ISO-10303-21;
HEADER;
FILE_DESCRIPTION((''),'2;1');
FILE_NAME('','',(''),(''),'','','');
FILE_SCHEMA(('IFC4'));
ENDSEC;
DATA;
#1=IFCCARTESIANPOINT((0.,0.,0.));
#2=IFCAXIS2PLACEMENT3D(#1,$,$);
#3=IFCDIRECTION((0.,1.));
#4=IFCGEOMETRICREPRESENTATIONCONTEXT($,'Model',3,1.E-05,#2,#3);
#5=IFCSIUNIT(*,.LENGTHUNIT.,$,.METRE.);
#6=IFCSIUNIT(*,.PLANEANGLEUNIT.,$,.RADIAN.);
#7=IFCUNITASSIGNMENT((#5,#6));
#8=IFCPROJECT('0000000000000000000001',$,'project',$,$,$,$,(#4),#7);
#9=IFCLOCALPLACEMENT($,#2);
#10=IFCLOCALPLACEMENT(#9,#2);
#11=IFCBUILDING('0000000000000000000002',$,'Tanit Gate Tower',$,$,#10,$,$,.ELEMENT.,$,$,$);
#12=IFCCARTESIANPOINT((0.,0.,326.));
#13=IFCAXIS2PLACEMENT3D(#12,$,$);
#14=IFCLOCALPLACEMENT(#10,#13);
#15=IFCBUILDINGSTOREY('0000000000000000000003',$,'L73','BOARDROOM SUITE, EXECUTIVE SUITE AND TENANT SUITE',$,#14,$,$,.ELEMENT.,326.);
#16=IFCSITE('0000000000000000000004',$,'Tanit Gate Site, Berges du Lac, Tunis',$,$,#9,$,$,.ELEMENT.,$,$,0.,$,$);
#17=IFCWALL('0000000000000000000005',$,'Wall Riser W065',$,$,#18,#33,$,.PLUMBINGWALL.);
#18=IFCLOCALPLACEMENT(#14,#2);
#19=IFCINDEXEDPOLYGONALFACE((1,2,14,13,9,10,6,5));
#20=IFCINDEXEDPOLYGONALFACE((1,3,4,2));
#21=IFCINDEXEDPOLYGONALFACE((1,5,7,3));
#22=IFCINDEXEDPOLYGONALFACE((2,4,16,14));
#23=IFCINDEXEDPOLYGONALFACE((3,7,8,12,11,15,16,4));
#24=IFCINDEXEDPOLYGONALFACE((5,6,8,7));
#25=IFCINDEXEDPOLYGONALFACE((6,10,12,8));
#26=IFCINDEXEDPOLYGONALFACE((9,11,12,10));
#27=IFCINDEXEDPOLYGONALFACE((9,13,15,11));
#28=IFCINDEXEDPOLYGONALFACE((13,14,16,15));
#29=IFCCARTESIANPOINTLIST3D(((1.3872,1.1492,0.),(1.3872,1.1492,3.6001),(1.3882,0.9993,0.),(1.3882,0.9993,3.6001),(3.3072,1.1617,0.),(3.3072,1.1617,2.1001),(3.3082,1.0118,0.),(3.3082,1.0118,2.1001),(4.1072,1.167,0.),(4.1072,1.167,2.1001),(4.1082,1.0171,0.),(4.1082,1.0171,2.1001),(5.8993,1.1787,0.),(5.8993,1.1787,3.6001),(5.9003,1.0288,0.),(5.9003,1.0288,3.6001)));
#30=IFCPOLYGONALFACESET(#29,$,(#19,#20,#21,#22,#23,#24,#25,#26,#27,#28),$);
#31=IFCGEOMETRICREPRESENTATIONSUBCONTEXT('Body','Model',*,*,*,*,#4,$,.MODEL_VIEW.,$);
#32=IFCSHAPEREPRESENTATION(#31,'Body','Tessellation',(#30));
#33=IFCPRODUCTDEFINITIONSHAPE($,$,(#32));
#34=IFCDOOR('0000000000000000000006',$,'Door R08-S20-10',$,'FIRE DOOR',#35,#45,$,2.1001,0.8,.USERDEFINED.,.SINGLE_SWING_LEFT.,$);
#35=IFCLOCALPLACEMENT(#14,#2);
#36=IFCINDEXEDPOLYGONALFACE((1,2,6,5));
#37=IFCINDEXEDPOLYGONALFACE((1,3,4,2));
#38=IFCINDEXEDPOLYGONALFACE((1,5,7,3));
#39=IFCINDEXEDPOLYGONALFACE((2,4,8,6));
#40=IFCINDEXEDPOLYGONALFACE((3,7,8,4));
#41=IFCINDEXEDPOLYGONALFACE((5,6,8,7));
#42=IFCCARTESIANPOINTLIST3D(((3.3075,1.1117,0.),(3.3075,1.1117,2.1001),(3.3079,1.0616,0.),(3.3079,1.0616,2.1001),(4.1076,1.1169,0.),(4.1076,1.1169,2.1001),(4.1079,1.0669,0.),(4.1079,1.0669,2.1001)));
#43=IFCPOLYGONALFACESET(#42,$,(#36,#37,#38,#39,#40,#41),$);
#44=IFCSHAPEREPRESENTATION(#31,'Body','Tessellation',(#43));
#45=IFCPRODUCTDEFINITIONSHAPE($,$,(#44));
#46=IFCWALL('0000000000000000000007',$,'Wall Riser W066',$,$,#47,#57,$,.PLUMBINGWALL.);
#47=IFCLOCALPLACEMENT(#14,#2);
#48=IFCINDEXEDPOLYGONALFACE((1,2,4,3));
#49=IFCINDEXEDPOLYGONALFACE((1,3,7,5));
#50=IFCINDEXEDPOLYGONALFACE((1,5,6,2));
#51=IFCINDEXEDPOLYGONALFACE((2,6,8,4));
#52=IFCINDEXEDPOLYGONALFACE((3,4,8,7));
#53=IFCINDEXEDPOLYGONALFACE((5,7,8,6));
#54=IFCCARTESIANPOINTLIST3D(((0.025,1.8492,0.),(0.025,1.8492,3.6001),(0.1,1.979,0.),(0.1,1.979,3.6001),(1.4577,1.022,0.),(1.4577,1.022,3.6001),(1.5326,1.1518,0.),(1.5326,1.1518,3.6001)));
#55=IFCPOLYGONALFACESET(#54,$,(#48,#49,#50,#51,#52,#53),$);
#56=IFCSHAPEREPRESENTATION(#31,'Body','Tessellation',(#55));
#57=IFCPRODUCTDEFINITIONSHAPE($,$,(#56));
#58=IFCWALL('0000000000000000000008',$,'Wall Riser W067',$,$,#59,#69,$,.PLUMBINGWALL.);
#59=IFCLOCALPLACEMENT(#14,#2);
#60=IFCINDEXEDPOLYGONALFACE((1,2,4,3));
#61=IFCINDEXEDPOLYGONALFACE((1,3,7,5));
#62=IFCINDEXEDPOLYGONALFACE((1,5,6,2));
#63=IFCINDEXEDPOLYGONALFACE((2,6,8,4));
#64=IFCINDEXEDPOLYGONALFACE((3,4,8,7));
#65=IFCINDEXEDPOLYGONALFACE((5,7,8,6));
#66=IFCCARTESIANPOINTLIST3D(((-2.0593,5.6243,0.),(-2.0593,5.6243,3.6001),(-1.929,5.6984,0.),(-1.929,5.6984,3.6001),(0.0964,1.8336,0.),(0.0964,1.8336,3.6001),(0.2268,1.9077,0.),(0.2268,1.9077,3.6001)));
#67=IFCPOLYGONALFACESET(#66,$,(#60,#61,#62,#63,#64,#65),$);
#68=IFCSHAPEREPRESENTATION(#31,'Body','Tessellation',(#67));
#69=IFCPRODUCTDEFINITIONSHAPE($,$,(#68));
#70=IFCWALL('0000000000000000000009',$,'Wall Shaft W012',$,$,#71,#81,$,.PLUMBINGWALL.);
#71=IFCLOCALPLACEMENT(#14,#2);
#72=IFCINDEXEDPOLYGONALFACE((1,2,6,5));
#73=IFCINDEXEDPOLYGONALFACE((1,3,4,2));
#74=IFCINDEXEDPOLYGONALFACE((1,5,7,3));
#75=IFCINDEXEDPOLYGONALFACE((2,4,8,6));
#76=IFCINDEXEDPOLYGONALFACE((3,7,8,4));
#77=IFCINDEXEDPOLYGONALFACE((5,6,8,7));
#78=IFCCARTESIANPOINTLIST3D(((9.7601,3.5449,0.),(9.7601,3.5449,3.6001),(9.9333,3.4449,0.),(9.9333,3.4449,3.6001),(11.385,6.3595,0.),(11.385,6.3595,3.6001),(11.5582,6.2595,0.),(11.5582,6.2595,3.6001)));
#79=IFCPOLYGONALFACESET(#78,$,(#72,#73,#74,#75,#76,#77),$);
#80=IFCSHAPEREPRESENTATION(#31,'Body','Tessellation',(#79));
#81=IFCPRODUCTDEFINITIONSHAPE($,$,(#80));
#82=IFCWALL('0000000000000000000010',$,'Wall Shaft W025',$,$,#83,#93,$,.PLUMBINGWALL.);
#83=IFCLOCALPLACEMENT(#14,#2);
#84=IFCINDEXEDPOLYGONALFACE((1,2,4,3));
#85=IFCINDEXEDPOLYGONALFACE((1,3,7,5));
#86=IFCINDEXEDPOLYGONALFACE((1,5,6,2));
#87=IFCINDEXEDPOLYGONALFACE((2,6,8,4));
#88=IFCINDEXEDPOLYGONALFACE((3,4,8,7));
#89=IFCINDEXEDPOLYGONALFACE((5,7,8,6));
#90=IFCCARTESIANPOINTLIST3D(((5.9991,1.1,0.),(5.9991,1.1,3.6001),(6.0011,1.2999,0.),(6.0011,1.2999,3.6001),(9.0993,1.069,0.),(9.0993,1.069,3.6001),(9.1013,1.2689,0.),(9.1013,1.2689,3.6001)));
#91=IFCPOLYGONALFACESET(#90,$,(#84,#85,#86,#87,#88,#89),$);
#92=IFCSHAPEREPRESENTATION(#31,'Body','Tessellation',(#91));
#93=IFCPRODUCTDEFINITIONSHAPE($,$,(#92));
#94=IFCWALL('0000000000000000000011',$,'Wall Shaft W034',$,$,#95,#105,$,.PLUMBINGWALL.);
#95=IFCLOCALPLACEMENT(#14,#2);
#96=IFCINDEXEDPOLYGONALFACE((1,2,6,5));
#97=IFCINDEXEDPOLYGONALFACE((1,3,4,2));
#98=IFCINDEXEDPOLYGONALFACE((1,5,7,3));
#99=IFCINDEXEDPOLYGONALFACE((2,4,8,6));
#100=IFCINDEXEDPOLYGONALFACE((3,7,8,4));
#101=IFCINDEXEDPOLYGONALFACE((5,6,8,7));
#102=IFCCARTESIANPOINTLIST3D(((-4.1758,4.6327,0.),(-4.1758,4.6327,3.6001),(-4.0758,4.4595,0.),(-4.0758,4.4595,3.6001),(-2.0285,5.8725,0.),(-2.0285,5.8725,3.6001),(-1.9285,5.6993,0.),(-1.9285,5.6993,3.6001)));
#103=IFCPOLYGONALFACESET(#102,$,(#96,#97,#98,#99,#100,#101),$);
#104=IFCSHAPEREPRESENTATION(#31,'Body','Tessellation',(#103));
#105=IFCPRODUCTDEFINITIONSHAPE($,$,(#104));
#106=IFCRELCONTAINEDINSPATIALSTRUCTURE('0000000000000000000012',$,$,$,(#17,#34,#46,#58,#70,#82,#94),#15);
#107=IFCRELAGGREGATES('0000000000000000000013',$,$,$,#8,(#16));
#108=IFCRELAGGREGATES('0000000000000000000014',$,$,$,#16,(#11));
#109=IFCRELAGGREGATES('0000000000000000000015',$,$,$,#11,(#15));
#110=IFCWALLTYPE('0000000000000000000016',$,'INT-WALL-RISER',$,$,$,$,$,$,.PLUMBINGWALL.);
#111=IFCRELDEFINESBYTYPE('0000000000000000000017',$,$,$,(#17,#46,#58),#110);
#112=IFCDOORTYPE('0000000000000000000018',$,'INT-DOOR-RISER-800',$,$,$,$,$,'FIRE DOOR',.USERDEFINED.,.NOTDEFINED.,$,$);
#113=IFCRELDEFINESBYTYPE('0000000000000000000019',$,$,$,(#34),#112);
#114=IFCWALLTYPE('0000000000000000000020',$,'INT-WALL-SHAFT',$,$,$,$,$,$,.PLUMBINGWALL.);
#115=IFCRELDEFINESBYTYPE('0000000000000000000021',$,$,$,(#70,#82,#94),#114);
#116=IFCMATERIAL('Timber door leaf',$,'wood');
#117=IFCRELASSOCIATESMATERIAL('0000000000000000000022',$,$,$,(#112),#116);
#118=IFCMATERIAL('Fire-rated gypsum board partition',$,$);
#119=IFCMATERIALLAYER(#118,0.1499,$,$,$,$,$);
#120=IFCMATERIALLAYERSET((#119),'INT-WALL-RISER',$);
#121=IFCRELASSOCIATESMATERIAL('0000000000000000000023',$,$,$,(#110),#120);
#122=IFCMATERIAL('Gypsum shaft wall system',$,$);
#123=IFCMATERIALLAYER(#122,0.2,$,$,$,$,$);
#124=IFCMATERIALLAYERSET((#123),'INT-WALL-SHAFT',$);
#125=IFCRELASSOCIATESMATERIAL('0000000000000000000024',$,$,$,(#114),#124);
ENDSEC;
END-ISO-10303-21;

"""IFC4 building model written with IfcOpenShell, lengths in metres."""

from ifc_helpers import new_model, si_unit, direction, frame, frame_2d, origin, place, context, subcontext, project, spatial, rectangle, extrude, material, layer, layer_set, type_object, element, fill, save


model = new_model("IFC4")

# Units and contexts
model_context = context("Model", 3, precision=1e-05, world=origin(), true_north=direction((0.0, 1.0)))
body_context = subcontext(model_context, "Body", "Model", "MODEL_VIEW")
ifc_project = project(units=[si_unit("LENGTHUNIT", "METRE"), si_unit("PLANEANGLEUNIT", "RADIAN")], contexts=[model_context])

# Site, building, storey
site_placement = place(None, origin())
site = spatial("IfcSite", under=ifc_project, at=site_placement, Name="Tanit Gate Site, Berges du Lac, Tunis", CompositionType="ELEMENT", RefElevation=0.0)
building_placement = place(site_placement, origin())
building = spatial("IfcBuilding", under=site, at=building_placement, Name="Tanit Gate Tower", CompositionType="ELEMENT")
storey_placement = place(building_placement, frame((0.0, 0.0, 326.0)))
storey = spatial("IfcBuildingStorey", under=building, at=storey_placement, Name="L73", Description="BOARDROOM SUITE, EXECUTIVE SUITE AND TENANT SUITE", CompositionType="ELEMENT", Elevation=326.0)

# Shared definitions
ifc_material_1 = material(Name="Timber door leaf", Category="wood")
door_type_1 = type_object("IfcDoorType", Name="INT-DOOR-RISER-800", ElementType="FIRE DOOR", OperationType="NOTDEFINED", PredefinedType="USERDEFINED", material=ifc_material_1)

# Shared definitions
ifc_material_2 = material(Name="Fire-rated gypsum board partition")
ifc_layer_1 = layer(ifc_material_2, 0.1499)
ifc_layer_set_1 = layer_set([ifc_layer_1], Name="INT-WALL-RISER")
wall_type_1 = type_object("IfcWallType", Name="INT-WALL-RISER", PredefinedType="PLUMBINGWALL", material=ifc_layer_set_1)

# Wall, opening, door
wall_1_placement = place(storey_placement, frame((1.3877, 1.0742, 0.0), z_axis=(0.0, 0.0, 1.0), x_axis=(0.999979, 0.006547, 0.0)))
wall_1 = element("IfcWall", 1, at=wall_1_placement, inside=storey, type_object=wall_type_1, Name="Wall Riser W065", PredefinedType="PLUMBINGWALL", context=body_context, shape_type="SweptSolid", body=[
    extrude(rectangle(XDim=4.5122, YDim=0.1499, at=frame_2d((2.2561, 0.0))), origin(), (0.0, 0.0, 1.0), 3.6001),
])
opening_1_placement = place(wall_1_placement, frame((1.9202, 0.0, 0.0)))
opening_1 = element("IfcOpeningElement", 2, at=opening_1_placement, cuts=wall_1, PredefinedType="OPENING", context=body_context, shape_type="SweptSolid", body=[
    extrude(rectangle(XDim=0.8, YDim=2.1001, at=frame_2d((0.3999, 1.05))), frame((0.0, 0.085, 0.0), z_axis=(0.0, -1.0, 0.0), x_axis=(1.0, 0.0, 0.0)), (0.0, 0.0, 1.0), 0.1699),
])
door_1_placement = place(opening_1_placement, origin())
door_1 = element("IfcDoor", 3, at=door_1_placement, inside=storey, type_object=door_type_1, Name="Door R08-S20-10", ObjectType="FIRE DOOR", OperationType="SINGLE_SWING_LEFT", OverallHeight=2.1001, OverallWidth=0.8, PredefinedType="USERDEFINED", context=body_context, shape_type="SweptSolid", body=[
    extrude(rectangle(XDim=0.8, YDim=2.1001, at=frame_2d((0.3999, 1.05))), frame((0.0, 0.0249, 0.0), z_axis=(0.0, -1.0, 0.0), x_axis=(1.0, 0.0, 0.0)), (0.0, 0.0, 1.0), 0.05),
])
fill(opening_1, door_1)

# Walls
wall_2_placement = place(storey_placement, frame((0.0625, 1.9141, 0.0), z_axis=(0.0, 0.0, 1.0), x_axis=(0.866018, -0.500012, 0.0)))
element("IfcWall", 4, at=wall_2_placement, inside=storey, type_object=wall_type_1, Name="Wall Riser W066", PredefinedType="PLUMBINGWALL", context=body_context, shape_type="SweptSolid", body=[
    extrude(rectangle(XDim=1.6543, YDim=0.1499, at=frame_2d((0.8271, 0.0))), origin(), (0.0, 0.0, 1.0), 3.6001),
])
wall_3_placement = place(storey_placement, frame((-1.9941, 5.6614, 0.0), z_axis=(0.0, 0.0, 1.0), x_axis=(0.494341, -0.869268, 0.0)))
element("IfcWall", 5, at=wall_3_placement, inside=storey, type_object=wall_type_1, Name="Wall Riser W067", PredefinedType="PLUMBINGWALL", context=body_context, shape_type="SweptSolid", body=[
    extrude(rectangle(XDim=4.3608, YDim=0.1499, at=frame_2d((2.1804, 0.0))), origin(), (0.0, 0.0, 1.0), 3.6001),
])
ifc_material_3 = material(Name="Gypsum shaft wall system")
ifc_layer_2 = layer(ifc_material_3, 0.2)
ifc_layer_set_2 = layer_set([ifc_layer_2], Name="INT-WALL-SHAFT")
wall_type_2 = type_object("IfcWallType", Name="INT-WALL-SHAFT", PredefinedType="PLUMBINGWALL", material=ifc_layer_set_2)
wall_4_placement = place(storey_placement, frame((9.8467, 3.4949, 0.0), z_axis=(0.0, 0.0, 1.0), x_axis=(0.499985, 0.866034, 0.0)))
element("IfcWall", 6, at=wall_4_placement, inside=storey, type_object=wall_type_2, Name="Wall Shaft W012", PredefinedType="PLUMBINGWALL", context=body_context, shape_type="SweptSolid", body=[
    extrude(rectangle(XDim=3.25, YDim=0.2, at=frame_2d((1.625, 0.0))), origin(), (0.0, 0.0, 1.0), 3.6001),
])

# Walls
wall_5_placement = place(storey_placement, frame((6.0, 1.2, 0.0), z_axis=(0.0, 0.0, 1.0), x_axis=(0.99995, -0.010001, 0.0)))
element("IfcWall", 7, at=wall_5_placement, inside=storey, type_object=wall_type_2, Name="Wall Shaft W025", PredefinedType="PLUMBINGWALL", context=body_context, shape_type="SweptSolid", body=[
    extrude(rectangle(XDim=3.1003, YDim=0.2, at=frame_2d((1.5503, 0.0))), origin(), (0.0, 0.0, 1.0), 3.6001),
])
wall_6_placement = place(storey_placement, frame((-1.9785, 5.7859, 0.0), z_axis=(0.0, 0.0, 1.0), x_axis=(-0.866017, -0.500015, 0.0)))
element("IfcWall", 8, at=wall_6_placement, inside=storey, type_object=wall_type_2, Name="Wall Shaft W034", PredefinedType="PLUMBINGWALL", context=body_context, shape_type="SweptSolid", body=[
    extrude(rectangle(XDim=2.4795, YDim=0.2, at=frame_2d((1.2397, 0.0))), origin(), (0.0, 0.0, 1.0), 3.6001),
])

save(model, "model.ifc")
